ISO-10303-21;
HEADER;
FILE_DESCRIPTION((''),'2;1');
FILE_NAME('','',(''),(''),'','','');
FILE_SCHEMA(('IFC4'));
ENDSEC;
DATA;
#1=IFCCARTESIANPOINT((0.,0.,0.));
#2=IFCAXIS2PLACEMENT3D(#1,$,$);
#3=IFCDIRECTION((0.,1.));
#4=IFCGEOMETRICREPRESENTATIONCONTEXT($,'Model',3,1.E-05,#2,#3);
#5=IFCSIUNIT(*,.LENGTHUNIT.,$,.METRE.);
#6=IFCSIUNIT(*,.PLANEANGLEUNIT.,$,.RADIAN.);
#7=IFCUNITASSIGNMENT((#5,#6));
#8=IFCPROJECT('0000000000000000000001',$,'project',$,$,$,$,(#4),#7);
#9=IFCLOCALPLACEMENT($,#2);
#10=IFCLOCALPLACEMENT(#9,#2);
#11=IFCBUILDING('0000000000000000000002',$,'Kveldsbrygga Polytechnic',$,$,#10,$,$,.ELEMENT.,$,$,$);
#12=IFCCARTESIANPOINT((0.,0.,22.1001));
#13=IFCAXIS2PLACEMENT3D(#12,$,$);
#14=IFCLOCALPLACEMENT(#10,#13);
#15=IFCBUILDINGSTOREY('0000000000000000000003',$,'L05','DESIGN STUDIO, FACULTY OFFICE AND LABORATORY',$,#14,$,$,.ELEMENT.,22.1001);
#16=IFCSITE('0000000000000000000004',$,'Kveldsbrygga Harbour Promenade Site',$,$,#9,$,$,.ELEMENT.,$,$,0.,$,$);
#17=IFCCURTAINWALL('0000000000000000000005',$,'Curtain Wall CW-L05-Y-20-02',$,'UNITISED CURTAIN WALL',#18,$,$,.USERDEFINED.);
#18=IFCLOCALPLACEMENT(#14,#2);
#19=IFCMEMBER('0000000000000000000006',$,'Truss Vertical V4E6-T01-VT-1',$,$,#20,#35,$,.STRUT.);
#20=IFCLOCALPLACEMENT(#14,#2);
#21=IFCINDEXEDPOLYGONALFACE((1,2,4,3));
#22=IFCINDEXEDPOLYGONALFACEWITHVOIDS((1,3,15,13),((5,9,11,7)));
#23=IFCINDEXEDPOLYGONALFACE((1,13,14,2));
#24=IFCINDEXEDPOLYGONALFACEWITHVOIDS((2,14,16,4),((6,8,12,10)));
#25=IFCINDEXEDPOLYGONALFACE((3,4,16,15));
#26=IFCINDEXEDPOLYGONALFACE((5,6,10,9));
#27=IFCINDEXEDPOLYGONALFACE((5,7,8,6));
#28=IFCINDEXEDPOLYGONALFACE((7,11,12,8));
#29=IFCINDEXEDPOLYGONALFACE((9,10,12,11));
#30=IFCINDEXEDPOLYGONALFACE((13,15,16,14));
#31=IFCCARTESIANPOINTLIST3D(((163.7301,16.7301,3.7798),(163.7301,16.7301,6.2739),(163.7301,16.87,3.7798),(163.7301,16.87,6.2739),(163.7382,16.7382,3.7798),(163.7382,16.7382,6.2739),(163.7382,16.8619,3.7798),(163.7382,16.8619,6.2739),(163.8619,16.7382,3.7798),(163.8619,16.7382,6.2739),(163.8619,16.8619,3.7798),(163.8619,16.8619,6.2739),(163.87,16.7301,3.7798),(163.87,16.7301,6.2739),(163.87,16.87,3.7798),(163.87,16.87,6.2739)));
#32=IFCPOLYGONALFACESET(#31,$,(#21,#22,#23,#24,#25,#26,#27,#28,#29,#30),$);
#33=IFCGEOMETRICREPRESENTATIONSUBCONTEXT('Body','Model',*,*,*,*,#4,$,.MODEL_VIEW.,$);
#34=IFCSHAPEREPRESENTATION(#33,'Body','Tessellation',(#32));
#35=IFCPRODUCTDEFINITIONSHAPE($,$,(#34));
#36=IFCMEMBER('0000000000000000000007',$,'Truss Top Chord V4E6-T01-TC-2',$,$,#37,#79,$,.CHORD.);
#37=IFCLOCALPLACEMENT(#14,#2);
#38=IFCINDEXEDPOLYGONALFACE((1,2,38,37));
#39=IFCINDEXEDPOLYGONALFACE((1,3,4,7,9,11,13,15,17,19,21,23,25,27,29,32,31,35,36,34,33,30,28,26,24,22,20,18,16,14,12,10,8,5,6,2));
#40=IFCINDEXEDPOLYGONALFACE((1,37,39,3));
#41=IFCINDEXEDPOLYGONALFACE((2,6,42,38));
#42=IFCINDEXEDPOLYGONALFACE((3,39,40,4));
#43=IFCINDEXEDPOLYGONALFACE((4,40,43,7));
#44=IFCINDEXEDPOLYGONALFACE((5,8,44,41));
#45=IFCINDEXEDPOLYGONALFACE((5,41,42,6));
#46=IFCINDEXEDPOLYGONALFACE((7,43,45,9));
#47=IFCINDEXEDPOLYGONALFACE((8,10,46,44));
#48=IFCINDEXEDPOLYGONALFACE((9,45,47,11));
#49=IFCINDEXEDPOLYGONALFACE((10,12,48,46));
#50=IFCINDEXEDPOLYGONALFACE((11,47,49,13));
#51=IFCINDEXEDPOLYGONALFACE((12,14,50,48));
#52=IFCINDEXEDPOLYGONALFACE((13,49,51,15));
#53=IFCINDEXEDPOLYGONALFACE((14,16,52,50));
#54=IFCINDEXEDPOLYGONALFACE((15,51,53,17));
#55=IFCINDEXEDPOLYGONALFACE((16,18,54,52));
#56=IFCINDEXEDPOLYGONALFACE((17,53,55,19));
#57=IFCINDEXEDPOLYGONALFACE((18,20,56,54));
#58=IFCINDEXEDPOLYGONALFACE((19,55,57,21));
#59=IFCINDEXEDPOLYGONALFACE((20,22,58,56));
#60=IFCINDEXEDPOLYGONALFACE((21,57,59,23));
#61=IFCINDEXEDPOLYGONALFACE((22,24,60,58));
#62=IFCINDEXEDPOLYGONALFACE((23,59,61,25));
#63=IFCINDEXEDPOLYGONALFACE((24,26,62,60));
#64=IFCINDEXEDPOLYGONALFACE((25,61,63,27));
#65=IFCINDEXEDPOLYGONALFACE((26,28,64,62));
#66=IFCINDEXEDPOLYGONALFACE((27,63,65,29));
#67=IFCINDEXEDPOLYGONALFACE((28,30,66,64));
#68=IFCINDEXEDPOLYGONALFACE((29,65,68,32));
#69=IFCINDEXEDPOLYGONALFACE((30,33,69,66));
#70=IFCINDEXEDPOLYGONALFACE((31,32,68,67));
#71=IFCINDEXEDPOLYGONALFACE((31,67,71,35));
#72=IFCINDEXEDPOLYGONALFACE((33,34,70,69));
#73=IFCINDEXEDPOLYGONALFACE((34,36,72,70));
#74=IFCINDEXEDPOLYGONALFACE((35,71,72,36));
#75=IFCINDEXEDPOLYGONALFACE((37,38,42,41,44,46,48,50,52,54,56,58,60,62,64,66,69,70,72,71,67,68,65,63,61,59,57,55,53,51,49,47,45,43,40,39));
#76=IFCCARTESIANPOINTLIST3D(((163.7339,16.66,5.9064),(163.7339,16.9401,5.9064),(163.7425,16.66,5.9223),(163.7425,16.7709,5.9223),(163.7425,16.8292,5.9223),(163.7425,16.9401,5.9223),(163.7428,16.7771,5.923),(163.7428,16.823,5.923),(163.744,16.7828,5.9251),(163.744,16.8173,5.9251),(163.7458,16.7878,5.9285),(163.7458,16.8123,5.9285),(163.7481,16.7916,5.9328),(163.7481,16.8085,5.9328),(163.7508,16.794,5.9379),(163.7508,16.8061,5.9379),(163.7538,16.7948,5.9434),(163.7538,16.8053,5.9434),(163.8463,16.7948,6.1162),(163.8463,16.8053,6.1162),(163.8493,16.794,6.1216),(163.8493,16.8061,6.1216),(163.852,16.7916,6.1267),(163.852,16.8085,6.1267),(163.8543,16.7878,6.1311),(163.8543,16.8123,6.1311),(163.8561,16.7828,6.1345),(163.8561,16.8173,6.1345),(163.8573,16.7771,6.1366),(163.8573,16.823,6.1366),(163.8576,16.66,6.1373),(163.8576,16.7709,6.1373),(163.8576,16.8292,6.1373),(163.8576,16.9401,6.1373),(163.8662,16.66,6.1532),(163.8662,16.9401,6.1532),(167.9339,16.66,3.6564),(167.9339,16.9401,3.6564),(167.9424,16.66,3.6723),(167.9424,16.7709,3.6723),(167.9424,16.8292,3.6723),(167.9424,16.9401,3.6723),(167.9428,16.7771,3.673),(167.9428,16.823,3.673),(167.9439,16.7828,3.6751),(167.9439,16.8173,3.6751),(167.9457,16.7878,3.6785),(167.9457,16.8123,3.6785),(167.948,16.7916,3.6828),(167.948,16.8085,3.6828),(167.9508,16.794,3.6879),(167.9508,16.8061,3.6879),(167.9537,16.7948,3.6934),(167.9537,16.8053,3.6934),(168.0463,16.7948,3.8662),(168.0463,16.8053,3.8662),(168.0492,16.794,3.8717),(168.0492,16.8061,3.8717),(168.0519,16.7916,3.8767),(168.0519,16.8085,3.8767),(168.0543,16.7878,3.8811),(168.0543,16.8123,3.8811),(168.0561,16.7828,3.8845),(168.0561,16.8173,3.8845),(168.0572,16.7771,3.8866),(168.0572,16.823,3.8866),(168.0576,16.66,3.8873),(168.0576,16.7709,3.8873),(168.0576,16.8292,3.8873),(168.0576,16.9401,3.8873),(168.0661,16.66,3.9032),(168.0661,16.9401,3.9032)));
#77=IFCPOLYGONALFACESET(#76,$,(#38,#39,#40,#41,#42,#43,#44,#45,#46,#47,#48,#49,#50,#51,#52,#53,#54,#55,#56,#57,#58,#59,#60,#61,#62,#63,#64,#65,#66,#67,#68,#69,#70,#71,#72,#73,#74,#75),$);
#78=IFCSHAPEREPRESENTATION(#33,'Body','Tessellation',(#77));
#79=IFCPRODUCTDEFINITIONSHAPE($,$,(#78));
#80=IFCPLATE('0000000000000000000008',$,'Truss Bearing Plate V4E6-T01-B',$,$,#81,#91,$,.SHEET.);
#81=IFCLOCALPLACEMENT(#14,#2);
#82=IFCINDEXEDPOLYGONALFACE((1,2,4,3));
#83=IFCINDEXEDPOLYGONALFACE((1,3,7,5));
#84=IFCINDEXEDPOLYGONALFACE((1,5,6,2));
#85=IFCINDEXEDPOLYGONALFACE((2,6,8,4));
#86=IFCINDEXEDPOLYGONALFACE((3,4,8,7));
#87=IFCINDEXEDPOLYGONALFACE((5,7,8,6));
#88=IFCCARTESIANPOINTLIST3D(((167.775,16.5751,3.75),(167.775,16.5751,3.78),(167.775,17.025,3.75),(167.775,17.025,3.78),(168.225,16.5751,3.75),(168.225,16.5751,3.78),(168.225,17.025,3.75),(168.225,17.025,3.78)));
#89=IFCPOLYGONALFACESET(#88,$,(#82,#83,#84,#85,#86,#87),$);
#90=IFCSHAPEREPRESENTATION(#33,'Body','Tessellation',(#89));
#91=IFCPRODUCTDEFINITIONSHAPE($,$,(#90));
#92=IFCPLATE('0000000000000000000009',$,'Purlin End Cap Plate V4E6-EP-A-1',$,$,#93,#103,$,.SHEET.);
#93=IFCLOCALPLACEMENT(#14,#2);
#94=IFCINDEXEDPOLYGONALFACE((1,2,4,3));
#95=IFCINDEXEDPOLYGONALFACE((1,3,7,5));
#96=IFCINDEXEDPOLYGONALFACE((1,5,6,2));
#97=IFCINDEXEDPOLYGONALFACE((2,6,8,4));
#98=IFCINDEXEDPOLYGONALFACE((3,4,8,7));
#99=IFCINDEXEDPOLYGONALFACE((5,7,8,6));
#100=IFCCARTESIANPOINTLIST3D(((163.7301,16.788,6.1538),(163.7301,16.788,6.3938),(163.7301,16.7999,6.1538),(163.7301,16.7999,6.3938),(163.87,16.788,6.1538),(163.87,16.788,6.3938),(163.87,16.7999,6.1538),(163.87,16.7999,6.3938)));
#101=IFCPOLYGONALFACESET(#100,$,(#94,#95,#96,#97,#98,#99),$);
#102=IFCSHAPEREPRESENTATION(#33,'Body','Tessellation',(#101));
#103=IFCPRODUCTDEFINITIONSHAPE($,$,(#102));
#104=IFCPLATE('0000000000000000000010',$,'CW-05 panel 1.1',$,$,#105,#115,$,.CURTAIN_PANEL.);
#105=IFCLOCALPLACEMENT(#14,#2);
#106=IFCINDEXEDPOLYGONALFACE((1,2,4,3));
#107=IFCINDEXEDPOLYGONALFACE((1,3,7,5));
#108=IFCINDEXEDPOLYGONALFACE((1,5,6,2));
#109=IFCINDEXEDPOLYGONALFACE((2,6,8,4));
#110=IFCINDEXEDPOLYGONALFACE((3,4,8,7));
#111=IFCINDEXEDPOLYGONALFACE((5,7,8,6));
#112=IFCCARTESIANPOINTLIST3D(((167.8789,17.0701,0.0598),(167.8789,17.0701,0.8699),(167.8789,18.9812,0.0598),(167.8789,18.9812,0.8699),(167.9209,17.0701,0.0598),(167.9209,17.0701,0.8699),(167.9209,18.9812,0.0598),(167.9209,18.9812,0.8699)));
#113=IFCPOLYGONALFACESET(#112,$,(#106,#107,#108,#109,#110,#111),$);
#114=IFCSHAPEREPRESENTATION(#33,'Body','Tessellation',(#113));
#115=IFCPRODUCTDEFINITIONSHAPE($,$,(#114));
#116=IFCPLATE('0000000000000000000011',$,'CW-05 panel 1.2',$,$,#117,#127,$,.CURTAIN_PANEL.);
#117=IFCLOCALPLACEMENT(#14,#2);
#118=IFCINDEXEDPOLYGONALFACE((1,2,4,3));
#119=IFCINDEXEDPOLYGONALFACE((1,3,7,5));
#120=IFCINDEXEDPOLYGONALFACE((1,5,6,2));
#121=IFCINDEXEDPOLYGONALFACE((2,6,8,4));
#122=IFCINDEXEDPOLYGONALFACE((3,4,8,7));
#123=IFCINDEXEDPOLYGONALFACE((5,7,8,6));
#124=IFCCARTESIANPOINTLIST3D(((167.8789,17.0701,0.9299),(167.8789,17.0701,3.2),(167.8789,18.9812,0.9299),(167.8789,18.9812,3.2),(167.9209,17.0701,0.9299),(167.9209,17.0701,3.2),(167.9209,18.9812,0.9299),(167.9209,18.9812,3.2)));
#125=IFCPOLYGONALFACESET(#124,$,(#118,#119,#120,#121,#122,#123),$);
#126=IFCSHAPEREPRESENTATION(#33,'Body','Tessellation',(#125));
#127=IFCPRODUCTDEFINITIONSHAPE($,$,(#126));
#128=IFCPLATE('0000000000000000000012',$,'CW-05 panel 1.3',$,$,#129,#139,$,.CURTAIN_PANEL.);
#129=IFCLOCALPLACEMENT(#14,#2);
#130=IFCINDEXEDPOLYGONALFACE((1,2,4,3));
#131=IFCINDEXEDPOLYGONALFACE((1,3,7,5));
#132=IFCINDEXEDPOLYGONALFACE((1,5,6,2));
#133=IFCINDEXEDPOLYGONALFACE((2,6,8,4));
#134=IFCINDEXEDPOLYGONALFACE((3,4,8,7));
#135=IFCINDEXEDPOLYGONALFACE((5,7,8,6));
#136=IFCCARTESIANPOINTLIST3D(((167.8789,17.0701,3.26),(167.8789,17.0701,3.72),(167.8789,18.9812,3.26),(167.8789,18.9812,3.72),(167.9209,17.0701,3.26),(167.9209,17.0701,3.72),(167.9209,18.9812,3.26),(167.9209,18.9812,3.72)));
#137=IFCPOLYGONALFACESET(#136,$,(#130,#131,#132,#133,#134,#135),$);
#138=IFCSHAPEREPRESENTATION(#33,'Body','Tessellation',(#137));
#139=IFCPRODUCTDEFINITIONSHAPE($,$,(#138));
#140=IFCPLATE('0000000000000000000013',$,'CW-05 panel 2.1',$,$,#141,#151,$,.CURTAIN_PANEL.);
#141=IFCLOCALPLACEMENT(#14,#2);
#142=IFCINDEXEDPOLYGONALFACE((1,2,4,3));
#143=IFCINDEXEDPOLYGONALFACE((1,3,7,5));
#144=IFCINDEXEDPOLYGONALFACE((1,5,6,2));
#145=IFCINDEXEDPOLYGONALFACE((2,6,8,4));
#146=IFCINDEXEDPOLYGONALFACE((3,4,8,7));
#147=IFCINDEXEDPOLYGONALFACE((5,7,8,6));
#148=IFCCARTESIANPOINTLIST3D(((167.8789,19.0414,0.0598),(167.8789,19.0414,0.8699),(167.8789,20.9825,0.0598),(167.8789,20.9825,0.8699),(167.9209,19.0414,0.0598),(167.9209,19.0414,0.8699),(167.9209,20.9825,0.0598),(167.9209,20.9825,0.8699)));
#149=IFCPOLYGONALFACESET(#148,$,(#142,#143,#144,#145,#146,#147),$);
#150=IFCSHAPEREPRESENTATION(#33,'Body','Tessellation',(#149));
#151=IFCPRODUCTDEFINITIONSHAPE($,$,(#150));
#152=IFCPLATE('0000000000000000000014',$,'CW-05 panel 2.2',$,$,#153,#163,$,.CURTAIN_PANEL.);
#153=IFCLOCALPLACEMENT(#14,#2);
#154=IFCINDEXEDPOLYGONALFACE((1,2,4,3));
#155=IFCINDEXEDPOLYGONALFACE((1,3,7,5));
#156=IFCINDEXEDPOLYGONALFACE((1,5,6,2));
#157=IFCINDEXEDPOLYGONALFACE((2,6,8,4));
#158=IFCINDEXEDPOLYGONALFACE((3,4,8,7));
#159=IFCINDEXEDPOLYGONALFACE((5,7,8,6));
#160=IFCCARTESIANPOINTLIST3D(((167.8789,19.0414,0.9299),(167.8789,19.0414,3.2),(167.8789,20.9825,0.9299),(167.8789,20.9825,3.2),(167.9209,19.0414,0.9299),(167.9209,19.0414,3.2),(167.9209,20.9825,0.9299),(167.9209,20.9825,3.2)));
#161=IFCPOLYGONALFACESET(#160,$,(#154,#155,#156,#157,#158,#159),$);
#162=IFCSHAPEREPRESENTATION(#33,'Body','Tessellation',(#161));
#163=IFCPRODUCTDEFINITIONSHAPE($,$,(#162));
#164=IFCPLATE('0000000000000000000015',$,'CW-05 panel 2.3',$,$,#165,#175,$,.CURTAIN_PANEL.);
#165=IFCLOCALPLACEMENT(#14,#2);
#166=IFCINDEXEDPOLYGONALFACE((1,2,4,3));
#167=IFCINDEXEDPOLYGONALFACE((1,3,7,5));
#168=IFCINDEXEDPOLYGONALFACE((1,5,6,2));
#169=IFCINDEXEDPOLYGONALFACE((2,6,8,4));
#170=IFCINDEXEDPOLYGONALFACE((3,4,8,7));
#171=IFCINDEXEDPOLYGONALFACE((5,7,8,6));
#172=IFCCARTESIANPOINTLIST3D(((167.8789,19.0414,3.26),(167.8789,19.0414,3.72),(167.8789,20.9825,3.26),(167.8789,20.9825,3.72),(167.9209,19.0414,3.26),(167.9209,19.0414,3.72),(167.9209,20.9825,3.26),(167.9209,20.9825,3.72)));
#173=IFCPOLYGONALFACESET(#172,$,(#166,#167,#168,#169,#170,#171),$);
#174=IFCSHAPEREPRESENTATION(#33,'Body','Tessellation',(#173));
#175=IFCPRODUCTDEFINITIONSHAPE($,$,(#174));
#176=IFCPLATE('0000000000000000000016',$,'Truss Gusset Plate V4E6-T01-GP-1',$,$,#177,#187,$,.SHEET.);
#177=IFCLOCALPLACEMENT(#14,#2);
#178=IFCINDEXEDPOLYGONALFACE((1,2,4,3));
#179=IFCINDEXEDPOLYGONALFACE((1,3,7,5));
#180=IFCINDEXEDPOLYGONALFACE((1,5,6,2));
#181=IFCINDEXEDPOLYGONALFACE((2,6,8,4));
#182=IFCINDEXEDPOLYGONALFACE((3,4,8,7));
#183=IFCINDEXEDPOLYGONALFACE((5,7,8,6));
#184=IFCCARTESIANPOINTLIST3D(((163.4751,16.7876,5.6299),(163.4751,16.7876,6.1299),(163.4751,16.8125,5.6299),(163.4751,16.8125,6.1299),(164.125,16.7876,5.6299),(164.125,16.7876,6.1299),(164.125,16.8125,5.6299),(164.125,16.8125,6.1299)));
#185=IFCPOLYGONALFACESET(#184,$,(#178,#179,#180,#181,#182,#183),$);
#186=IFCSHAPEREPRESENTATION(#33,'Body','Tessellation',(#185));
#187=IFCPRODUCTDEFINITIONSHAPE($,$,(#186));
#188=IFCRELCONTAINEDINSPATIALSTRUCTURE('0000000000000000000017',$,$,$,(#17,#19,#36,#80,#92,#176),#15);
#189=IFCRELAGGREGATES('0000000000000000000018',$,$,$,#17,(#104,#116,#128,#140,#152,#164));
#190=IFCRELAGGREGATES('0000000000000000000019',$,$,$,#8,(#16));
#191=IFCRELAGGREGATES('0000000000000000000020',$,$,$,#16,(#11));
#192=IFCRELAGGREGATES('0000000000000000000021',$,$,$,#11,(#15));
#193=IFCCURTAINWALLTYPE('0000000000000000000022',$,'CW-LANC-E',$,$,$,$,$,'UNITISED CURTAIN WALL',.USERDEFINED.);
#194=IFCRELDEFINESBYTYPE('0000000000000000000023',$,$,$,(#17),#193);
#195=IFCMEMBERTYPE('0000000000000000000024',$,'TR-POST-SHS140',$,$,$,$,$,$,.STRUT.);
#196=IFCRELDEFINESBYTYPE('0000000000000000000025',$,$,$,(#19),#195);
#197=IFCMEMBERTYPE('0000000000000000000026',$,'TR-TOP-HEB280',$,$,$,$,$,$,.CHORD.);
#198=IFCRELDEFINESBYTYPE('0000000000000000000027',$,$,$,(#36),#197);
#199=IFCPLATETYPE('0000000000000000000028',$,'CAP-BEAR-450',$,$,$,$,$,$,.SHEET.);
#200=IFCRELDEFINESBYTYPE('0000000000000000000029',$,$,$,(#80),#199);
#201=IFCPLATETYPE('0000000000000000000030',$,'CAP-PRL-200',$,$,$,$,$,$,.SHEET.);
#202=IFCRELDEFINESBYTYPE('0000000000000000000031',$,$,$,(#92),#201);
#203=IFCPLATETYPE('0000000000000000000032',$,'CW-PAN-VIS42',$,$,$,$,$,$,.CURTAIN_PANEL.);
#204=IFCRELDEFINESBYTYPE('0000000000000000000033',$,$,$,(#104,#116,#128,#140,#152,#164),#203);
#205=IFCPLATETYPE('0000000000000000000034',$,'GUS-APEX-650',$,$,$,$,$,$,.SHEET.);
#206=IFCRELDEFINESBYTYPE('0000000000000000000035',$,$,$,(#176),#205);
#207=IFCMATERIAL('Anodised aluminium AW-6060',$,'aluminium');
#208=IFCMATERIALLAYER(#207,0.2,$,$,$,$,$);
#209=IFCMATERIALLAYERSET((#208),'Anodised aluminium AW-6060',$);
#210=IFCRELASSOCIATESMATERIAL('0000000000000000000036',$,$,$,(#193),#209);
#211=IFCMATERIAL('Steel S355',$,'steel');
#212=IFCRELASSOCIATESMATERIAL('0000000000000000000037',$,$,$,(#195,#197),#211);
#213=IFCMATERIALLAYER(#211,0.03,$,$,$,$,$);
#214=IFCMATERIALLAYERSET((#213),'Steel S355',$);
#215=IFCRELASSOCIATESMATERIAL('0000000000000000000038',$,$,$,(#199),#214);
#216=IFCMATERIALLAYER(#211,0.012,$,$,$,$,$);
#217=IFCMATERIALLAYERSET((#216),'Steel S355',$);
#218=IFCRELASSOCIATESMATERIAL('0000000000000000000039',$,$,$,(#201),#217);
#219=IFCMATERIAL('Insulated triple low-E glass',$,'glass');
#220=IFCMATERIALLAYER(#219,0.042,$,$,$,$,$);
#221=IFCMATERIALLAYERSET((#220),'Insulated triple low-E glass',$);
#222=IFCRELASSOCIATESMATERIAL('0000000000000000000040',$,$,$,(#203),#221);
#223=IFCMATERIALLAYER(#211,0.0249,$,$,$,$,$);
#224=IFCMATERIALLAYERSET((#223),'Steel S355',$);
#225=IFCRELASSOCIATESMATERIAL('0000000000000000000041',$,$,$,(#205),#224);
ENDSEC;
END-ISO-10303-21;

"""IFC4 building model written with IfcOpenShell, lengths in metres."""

from ifc_helpers import new_model, si_unit, direction, frame, origin, origin_2d, place, context, subcontext, project, spatial, rectangle, hollow_rectangle, i_section, extrude, material, layer, layer_set, material_profile, profile_set, type_object, element, aggregate, save


model = new_model("IFC4")

# Units and contexts
model_context = context("Model", 3, precision=1e-05, world=origin(), true_north=direction((0.0, 1.0)))
body_context = subcontext(model_context, "Body", "Model", "MODEL_VIEW")
ifc_project = project(units=[si_unit("LENGTHUNIT", "METRE"), si_unit("PLANEANGLEUNIT", "RADIAN")], contexts=[model_context])

# Site, building, storey
site_placement = place(None, origin())
site = spatial("IfcSite", under=ifc_project, at=site_placement, Name="Kveldsbrygga Harbour Promenade Site", CompositionType="ELEMENT", RefElevation=0.0)
building_placement = place(site_placement, origin())
building = spatial("IfcBuilding", under=site, at=building_placement, Name="Kveldsbrygga Polytechnic", CompositionType="ELEMENT")
storey_placement = place(building_placement, frame((0.0, 0.0, 22.1001)))
storey = spatial("IfcBuildingStorey", under=building, at=storey_placement, Name="L05", Description="DESIGN STUDIO, FACULTY OFFICE AND LABORATORY", CompositionType="ELEMENT", Elevation=22.1001)

# Curtain wall
ifc_material_1 = material(Name="Anodised aluminium AW-6060", Category="aluminium")
ifc_layer_1 = layer(ifc_material_1, 0.2)
ifc_layer_set_1 = layer_set([ifc_layer_1], Name="Anodised aluminium AW-6060")
curtain_wall_type = type_object("IfcCurtainWallType", Name="CW-LANC-E", ElementType="UNITISED CURTAIN WALL", PredefinedType="USERDEFINED", material=ifc_layer_set_1)
curtain_wall_placement = place(storey_placement, origin())
curtain_wall = element("IfcCurtainWall", 1, at=curtain_wall_placement, inside=storey, type_object=curtain_wall_type, Name="Curtain Wall CW-L05-Y-20-02", ObjectType="UNITISED CURTAIN WALL", PredefinedType="USERDEFINED")

# Members
ifc_material_2 = material(Name="Steel S355", Category="steel")
ifc_material_profile_1 = material_profile(ifc_material_2, hollow_rectangle(XDim=0.1399, YDim=0.1399, WallThickness=0.0081, at=origin_2d()), Name="SHS 140x140x8.0")
ifc_profile_set_1 = profile_set([ifc_material_profile_1], Name="Steel S355")
member_type_1 = type_object("IfcMemberType", Name="TR-POST-SHS140", PredefinedType="STRUT", material=ifc_profile_set_1)
member_1_placement = place(storey_placement, frame((163.8, 16.8, 3.7798), z_axis=(0.0, 0.0, 1.0), x_axis=(1.0, 0.0, 0.0)))
element("IfcMember", 2, at=member_1_placement, inside=storey, type_object=member_type_1, Name="Truss Vertical V4E6-T01-VT-1", PredefinedType="STRUT", context=body_context, shape_type="SweptSolid", body=[
    extrude(hollow_rectangle(XDim=0.1399, YDim=0.1399, WallThickness=0.0081, at=origin_2d()), origin(), (0.0, 0.0, 1.0), 2.4941),
])
ifc_material_profile_2 = material_profile(ifc_material_2, i_section(OverallWidth=0.28, OverallDepth=0.28, WebThickness=0.0105, FlangeThickness=0.0181, FilletRadius=0.0239, at=origin_2d()), Name="HEB 280")
ifc_profile_set_2 = profile_set([ifc_material_profile_2], Name="Steel S355")
member_type_2 = type_object("IfcMemberType", Name="TR-TOP-HEB280", PredefinedType="CHORD", material=ifc_profile_set_2)
member_2_placement = place(storey_placement, frame((163.8, 16.8, 6.0298), z_axis=(0.881478, 0.0, -0.472226), x_axis=(0.0, 1.0, 0.0)))
element("IfcMember", 3, at=member_2_placement, inside=storey, type_object=member_type_2, Name="Truss Top Chord V4E6-T01-TC-2", PredefinedType="CHORD", context=body_context, shape_type="SweptSolid", body=[
    extrude(i_section(OverallWidth=0.28, OverallDepth=0.28, WebThickness=0.0105, FlangeThickness=0.0181, FilletRadius=0.0239, at=origin_2d()), origin(), (0.0, 0.0, 1.0), 4.7646),
])

# Plates
ifc_layer_2 = layer(ifc_material_2, 0.03)
ifc_layer_set_2 = layer_set([ifc_layer_2], Name="Steel S355")
plate_type_1 = type_object("IfcPlateType", Name="CAP-BEAR-450", PredefinedType="SHEET", material=ifc_layer_set_2)
plate_1_placement = place(storey_placement, frame((168.0, 16.8, 3.75), z_axis=(0.0, 0.0, 1.0), x_axis=(1.0, 0.0, 0.0)))
element("IfcPlate", 4, at=plate_1_placement, inside=storey, type_object=plate_type_1, Name="Truss Bearing Plate V4E6-T01-B", PredefinedType="SHEET", context=body_context, shape_type="SweptSolid", body=[
    extrude(rectangle(XDim=0.45, YDim=0.45, at=origin_2d()), origin(), (0.0, 0.0, 1.0), 0.03),
])
ifc_layer_3 = layer(ifc_material_2, 0.012)
ifc_layer_set_3 = layer_set([ifc_layer_3], Name="Steel S355")
plate_type_2 = type_object("IfcPlateType", Name="CAP-PRL-200", PredefinedType="SHEET", material=ifc_layer_set_3)
plate_2_placement = place(storey_placement, frame((163.8, 16.7939, 6.1538), z_axis=(0.0, 0.0, 1.0), x_axis=(1.0, 0.0, 0.0)))
element("IfcPlate", 5, at=plate_2_placement, inside=storey, type_object=plate_type_2, Name="Purlin End Cap Plate V4E6-EP-A-1", PredefinedType="SHEET", context=body_context, shape_type="SweptSolid", body=[
    extrude(rectangle(XDim=0.1399, YDim=0.012, at=origin_2d()), origin(), (0.0, 0.0, 1.0), 0.24),
])

# Plates
ifc_material_3 = material(Name="Insulated triple low-E glass", Category="glass")
ifc_layer_4 = layer(ifc_material_3, 0.042)
ifc_layer_set_4 = layer_set([ifc_layer_4], Name="Insulated triple low-E glass")
plate_type_3 = type_object("IfcPlateType", Name="CW-PAN-VIS42", PredefinedType="CURTAIN_PANEL", material=ifc_layer_set_4)
plate_3_placement = place(storey_placement, frame((167.8999, 18.0256, 0.0598), z_axis=(0.0, 0.0, 1.0), x_axis=(0.0, 1.0, 0.0)))
plate_3 = element("IfcPlate", 6, at=plate_3_placement, type_object=plate_type_3, Name="CW-05 panel 1.1", PredefinedType="CURTAIN_PANEL", context=body_context, shape_type="SweptSolid", body=[
    extrude(rectangle(XDim=1.9111, YDim=0.042, at=origin_2d()), origin(), (0.0, 0.0, 1.0), 0.8101),
])
plate_4_placement = place(storey_placement, frame((167.8999, 18.0256, 0.9299), z_axis=(0.0, 0.0, 1.0), x_axis=(0.0, 1.0, 0.0)))
plate_4 = element("IfcPlate", 7, at=plate_4_placement, type_object=plate_type_3, Name="CW-05 panel 1.2", PredefinedType="CURTAIN_PANEL", context=body_context, shape_type="SweptSolid", body=[
    extrude(rectangle(XDim=1.9111, YDim=0.042, at=origin_2d()), origin(), (0.0, 0.0, 1.0), 2.27),
])
plate_5_placement = place(storey_placement, frame((167.8999, 18.0256, 3.26), z_axis=(0.0, 0.0, 1.0), x_axis=(0.0, 1.0, 0.0)))
plate_5 = element("IfcPlate", 8, at=plate_5_placement, type_object=plate_type_3, Name="CW-05 panel 1.3", PredefinedType="CURTAIN_PANEL", context=body_context, shape_type="SweptSolid", body=[
    extrude(rectangle(XDim=1.9111, YDim=0.042, at=origin_2d()), origin(), (0.0, 0.0, 1.0), 0.46),
])
plate_6_placement = place(storey_placement, frame((167.8999, 20.012, 0.0598), z_axis=(0.0, 0.0, 1.0), x_axis=(0.0, 1.0, 0.0)))
plate_6 = element("IfcPlate", 9, at=plate_6_placement, type_object=plate_type_3, Name="CW-05 panel 2.1", PredefinedType="CURTAIN_PANEL", context=body_context, shape_type="SweptSolid", body=[
    extrude(rectangle(XDim=1.9412, YDim=0.042, at=origin_2d()), origin(), (0.0, 0.0, 1.0), 0.8101),
])
plate_7_placement = place(storey_placement, frame((167.8999, 20.012, 0.9299), z_axis=(0.0, 0.0, 1.0), x_axis=(0.0, 1.0, 0.0)))
plate_7 = element("IfcPlate", 10, at=plate_7_placement, type_object=plate_type_3, Name="CW-05 panel 2.2", PredefinedType="CURTAIN_PANEL", context=body_context, shape_type="SweptSolid", body=[
    extrude(rectangle(XDim=1.9412, YDim=0.042, at=origin_2d()), origin(), (0.0, 0.0, 1.0), 2.27),
])
plate_8_placement = place(storey_placement, frame((167.8999, 20.012, 3.26), z_axis=(0.0, 0.0, 1.0), x_axis=(0.0, 1.0, 0.0)))
plate_8 = element("IfcPlate", 11, at=plate_8_placement, type_object=plate_type_3, Name="CW-05 panel 2.3", PredefinedType="CURTAIN_PANEL", context=body_context, shape_type="SweptSolid", body=[
    extrude(rectangle(XDim=1.9412, YDim=0.042, at=origin_2d()), origin(), (0.0, 0.0, 1.0), 0.46),
])
aggregate(curtain_wall, [plate_3, plate_4, plate_5, plate_6, plate_7, plate_8])

# Plate
ifc_layer_5 = layer(ifc_material_2, 0.0249)
ifc_layer_set_5 = layer_set([ifc_layer_5], Name="Steel S355")
plate_type_4 = type_object("IfcPlateType", Name="GUS-APEX-650", PredefinedType="SHEET", material=ifc_layer_set_5)
plate_9_placement = place(storey_placement, frame((163.8, 16.8, 5.6299), z_axis=(0.0, 0.0, 1.0), x_axis=(1.0, 0.0, 0.0)))
element("IfcPlate", 12, at=plate_9_placement, inside=storey, type_object=plate_type_4, Name="Truss Gusset Plate V4E6-T01-GP-1", PredefinedType="SHEET", context=body_context, shape_type="SweptSolid", body=[
    extrude(rectangle(XDim=0.6499, YDim=0.0249, at=origin_2d()), origin(), (0.0, 0.0, 1.0), 0.5),
])

save(model, "model.ifc")
